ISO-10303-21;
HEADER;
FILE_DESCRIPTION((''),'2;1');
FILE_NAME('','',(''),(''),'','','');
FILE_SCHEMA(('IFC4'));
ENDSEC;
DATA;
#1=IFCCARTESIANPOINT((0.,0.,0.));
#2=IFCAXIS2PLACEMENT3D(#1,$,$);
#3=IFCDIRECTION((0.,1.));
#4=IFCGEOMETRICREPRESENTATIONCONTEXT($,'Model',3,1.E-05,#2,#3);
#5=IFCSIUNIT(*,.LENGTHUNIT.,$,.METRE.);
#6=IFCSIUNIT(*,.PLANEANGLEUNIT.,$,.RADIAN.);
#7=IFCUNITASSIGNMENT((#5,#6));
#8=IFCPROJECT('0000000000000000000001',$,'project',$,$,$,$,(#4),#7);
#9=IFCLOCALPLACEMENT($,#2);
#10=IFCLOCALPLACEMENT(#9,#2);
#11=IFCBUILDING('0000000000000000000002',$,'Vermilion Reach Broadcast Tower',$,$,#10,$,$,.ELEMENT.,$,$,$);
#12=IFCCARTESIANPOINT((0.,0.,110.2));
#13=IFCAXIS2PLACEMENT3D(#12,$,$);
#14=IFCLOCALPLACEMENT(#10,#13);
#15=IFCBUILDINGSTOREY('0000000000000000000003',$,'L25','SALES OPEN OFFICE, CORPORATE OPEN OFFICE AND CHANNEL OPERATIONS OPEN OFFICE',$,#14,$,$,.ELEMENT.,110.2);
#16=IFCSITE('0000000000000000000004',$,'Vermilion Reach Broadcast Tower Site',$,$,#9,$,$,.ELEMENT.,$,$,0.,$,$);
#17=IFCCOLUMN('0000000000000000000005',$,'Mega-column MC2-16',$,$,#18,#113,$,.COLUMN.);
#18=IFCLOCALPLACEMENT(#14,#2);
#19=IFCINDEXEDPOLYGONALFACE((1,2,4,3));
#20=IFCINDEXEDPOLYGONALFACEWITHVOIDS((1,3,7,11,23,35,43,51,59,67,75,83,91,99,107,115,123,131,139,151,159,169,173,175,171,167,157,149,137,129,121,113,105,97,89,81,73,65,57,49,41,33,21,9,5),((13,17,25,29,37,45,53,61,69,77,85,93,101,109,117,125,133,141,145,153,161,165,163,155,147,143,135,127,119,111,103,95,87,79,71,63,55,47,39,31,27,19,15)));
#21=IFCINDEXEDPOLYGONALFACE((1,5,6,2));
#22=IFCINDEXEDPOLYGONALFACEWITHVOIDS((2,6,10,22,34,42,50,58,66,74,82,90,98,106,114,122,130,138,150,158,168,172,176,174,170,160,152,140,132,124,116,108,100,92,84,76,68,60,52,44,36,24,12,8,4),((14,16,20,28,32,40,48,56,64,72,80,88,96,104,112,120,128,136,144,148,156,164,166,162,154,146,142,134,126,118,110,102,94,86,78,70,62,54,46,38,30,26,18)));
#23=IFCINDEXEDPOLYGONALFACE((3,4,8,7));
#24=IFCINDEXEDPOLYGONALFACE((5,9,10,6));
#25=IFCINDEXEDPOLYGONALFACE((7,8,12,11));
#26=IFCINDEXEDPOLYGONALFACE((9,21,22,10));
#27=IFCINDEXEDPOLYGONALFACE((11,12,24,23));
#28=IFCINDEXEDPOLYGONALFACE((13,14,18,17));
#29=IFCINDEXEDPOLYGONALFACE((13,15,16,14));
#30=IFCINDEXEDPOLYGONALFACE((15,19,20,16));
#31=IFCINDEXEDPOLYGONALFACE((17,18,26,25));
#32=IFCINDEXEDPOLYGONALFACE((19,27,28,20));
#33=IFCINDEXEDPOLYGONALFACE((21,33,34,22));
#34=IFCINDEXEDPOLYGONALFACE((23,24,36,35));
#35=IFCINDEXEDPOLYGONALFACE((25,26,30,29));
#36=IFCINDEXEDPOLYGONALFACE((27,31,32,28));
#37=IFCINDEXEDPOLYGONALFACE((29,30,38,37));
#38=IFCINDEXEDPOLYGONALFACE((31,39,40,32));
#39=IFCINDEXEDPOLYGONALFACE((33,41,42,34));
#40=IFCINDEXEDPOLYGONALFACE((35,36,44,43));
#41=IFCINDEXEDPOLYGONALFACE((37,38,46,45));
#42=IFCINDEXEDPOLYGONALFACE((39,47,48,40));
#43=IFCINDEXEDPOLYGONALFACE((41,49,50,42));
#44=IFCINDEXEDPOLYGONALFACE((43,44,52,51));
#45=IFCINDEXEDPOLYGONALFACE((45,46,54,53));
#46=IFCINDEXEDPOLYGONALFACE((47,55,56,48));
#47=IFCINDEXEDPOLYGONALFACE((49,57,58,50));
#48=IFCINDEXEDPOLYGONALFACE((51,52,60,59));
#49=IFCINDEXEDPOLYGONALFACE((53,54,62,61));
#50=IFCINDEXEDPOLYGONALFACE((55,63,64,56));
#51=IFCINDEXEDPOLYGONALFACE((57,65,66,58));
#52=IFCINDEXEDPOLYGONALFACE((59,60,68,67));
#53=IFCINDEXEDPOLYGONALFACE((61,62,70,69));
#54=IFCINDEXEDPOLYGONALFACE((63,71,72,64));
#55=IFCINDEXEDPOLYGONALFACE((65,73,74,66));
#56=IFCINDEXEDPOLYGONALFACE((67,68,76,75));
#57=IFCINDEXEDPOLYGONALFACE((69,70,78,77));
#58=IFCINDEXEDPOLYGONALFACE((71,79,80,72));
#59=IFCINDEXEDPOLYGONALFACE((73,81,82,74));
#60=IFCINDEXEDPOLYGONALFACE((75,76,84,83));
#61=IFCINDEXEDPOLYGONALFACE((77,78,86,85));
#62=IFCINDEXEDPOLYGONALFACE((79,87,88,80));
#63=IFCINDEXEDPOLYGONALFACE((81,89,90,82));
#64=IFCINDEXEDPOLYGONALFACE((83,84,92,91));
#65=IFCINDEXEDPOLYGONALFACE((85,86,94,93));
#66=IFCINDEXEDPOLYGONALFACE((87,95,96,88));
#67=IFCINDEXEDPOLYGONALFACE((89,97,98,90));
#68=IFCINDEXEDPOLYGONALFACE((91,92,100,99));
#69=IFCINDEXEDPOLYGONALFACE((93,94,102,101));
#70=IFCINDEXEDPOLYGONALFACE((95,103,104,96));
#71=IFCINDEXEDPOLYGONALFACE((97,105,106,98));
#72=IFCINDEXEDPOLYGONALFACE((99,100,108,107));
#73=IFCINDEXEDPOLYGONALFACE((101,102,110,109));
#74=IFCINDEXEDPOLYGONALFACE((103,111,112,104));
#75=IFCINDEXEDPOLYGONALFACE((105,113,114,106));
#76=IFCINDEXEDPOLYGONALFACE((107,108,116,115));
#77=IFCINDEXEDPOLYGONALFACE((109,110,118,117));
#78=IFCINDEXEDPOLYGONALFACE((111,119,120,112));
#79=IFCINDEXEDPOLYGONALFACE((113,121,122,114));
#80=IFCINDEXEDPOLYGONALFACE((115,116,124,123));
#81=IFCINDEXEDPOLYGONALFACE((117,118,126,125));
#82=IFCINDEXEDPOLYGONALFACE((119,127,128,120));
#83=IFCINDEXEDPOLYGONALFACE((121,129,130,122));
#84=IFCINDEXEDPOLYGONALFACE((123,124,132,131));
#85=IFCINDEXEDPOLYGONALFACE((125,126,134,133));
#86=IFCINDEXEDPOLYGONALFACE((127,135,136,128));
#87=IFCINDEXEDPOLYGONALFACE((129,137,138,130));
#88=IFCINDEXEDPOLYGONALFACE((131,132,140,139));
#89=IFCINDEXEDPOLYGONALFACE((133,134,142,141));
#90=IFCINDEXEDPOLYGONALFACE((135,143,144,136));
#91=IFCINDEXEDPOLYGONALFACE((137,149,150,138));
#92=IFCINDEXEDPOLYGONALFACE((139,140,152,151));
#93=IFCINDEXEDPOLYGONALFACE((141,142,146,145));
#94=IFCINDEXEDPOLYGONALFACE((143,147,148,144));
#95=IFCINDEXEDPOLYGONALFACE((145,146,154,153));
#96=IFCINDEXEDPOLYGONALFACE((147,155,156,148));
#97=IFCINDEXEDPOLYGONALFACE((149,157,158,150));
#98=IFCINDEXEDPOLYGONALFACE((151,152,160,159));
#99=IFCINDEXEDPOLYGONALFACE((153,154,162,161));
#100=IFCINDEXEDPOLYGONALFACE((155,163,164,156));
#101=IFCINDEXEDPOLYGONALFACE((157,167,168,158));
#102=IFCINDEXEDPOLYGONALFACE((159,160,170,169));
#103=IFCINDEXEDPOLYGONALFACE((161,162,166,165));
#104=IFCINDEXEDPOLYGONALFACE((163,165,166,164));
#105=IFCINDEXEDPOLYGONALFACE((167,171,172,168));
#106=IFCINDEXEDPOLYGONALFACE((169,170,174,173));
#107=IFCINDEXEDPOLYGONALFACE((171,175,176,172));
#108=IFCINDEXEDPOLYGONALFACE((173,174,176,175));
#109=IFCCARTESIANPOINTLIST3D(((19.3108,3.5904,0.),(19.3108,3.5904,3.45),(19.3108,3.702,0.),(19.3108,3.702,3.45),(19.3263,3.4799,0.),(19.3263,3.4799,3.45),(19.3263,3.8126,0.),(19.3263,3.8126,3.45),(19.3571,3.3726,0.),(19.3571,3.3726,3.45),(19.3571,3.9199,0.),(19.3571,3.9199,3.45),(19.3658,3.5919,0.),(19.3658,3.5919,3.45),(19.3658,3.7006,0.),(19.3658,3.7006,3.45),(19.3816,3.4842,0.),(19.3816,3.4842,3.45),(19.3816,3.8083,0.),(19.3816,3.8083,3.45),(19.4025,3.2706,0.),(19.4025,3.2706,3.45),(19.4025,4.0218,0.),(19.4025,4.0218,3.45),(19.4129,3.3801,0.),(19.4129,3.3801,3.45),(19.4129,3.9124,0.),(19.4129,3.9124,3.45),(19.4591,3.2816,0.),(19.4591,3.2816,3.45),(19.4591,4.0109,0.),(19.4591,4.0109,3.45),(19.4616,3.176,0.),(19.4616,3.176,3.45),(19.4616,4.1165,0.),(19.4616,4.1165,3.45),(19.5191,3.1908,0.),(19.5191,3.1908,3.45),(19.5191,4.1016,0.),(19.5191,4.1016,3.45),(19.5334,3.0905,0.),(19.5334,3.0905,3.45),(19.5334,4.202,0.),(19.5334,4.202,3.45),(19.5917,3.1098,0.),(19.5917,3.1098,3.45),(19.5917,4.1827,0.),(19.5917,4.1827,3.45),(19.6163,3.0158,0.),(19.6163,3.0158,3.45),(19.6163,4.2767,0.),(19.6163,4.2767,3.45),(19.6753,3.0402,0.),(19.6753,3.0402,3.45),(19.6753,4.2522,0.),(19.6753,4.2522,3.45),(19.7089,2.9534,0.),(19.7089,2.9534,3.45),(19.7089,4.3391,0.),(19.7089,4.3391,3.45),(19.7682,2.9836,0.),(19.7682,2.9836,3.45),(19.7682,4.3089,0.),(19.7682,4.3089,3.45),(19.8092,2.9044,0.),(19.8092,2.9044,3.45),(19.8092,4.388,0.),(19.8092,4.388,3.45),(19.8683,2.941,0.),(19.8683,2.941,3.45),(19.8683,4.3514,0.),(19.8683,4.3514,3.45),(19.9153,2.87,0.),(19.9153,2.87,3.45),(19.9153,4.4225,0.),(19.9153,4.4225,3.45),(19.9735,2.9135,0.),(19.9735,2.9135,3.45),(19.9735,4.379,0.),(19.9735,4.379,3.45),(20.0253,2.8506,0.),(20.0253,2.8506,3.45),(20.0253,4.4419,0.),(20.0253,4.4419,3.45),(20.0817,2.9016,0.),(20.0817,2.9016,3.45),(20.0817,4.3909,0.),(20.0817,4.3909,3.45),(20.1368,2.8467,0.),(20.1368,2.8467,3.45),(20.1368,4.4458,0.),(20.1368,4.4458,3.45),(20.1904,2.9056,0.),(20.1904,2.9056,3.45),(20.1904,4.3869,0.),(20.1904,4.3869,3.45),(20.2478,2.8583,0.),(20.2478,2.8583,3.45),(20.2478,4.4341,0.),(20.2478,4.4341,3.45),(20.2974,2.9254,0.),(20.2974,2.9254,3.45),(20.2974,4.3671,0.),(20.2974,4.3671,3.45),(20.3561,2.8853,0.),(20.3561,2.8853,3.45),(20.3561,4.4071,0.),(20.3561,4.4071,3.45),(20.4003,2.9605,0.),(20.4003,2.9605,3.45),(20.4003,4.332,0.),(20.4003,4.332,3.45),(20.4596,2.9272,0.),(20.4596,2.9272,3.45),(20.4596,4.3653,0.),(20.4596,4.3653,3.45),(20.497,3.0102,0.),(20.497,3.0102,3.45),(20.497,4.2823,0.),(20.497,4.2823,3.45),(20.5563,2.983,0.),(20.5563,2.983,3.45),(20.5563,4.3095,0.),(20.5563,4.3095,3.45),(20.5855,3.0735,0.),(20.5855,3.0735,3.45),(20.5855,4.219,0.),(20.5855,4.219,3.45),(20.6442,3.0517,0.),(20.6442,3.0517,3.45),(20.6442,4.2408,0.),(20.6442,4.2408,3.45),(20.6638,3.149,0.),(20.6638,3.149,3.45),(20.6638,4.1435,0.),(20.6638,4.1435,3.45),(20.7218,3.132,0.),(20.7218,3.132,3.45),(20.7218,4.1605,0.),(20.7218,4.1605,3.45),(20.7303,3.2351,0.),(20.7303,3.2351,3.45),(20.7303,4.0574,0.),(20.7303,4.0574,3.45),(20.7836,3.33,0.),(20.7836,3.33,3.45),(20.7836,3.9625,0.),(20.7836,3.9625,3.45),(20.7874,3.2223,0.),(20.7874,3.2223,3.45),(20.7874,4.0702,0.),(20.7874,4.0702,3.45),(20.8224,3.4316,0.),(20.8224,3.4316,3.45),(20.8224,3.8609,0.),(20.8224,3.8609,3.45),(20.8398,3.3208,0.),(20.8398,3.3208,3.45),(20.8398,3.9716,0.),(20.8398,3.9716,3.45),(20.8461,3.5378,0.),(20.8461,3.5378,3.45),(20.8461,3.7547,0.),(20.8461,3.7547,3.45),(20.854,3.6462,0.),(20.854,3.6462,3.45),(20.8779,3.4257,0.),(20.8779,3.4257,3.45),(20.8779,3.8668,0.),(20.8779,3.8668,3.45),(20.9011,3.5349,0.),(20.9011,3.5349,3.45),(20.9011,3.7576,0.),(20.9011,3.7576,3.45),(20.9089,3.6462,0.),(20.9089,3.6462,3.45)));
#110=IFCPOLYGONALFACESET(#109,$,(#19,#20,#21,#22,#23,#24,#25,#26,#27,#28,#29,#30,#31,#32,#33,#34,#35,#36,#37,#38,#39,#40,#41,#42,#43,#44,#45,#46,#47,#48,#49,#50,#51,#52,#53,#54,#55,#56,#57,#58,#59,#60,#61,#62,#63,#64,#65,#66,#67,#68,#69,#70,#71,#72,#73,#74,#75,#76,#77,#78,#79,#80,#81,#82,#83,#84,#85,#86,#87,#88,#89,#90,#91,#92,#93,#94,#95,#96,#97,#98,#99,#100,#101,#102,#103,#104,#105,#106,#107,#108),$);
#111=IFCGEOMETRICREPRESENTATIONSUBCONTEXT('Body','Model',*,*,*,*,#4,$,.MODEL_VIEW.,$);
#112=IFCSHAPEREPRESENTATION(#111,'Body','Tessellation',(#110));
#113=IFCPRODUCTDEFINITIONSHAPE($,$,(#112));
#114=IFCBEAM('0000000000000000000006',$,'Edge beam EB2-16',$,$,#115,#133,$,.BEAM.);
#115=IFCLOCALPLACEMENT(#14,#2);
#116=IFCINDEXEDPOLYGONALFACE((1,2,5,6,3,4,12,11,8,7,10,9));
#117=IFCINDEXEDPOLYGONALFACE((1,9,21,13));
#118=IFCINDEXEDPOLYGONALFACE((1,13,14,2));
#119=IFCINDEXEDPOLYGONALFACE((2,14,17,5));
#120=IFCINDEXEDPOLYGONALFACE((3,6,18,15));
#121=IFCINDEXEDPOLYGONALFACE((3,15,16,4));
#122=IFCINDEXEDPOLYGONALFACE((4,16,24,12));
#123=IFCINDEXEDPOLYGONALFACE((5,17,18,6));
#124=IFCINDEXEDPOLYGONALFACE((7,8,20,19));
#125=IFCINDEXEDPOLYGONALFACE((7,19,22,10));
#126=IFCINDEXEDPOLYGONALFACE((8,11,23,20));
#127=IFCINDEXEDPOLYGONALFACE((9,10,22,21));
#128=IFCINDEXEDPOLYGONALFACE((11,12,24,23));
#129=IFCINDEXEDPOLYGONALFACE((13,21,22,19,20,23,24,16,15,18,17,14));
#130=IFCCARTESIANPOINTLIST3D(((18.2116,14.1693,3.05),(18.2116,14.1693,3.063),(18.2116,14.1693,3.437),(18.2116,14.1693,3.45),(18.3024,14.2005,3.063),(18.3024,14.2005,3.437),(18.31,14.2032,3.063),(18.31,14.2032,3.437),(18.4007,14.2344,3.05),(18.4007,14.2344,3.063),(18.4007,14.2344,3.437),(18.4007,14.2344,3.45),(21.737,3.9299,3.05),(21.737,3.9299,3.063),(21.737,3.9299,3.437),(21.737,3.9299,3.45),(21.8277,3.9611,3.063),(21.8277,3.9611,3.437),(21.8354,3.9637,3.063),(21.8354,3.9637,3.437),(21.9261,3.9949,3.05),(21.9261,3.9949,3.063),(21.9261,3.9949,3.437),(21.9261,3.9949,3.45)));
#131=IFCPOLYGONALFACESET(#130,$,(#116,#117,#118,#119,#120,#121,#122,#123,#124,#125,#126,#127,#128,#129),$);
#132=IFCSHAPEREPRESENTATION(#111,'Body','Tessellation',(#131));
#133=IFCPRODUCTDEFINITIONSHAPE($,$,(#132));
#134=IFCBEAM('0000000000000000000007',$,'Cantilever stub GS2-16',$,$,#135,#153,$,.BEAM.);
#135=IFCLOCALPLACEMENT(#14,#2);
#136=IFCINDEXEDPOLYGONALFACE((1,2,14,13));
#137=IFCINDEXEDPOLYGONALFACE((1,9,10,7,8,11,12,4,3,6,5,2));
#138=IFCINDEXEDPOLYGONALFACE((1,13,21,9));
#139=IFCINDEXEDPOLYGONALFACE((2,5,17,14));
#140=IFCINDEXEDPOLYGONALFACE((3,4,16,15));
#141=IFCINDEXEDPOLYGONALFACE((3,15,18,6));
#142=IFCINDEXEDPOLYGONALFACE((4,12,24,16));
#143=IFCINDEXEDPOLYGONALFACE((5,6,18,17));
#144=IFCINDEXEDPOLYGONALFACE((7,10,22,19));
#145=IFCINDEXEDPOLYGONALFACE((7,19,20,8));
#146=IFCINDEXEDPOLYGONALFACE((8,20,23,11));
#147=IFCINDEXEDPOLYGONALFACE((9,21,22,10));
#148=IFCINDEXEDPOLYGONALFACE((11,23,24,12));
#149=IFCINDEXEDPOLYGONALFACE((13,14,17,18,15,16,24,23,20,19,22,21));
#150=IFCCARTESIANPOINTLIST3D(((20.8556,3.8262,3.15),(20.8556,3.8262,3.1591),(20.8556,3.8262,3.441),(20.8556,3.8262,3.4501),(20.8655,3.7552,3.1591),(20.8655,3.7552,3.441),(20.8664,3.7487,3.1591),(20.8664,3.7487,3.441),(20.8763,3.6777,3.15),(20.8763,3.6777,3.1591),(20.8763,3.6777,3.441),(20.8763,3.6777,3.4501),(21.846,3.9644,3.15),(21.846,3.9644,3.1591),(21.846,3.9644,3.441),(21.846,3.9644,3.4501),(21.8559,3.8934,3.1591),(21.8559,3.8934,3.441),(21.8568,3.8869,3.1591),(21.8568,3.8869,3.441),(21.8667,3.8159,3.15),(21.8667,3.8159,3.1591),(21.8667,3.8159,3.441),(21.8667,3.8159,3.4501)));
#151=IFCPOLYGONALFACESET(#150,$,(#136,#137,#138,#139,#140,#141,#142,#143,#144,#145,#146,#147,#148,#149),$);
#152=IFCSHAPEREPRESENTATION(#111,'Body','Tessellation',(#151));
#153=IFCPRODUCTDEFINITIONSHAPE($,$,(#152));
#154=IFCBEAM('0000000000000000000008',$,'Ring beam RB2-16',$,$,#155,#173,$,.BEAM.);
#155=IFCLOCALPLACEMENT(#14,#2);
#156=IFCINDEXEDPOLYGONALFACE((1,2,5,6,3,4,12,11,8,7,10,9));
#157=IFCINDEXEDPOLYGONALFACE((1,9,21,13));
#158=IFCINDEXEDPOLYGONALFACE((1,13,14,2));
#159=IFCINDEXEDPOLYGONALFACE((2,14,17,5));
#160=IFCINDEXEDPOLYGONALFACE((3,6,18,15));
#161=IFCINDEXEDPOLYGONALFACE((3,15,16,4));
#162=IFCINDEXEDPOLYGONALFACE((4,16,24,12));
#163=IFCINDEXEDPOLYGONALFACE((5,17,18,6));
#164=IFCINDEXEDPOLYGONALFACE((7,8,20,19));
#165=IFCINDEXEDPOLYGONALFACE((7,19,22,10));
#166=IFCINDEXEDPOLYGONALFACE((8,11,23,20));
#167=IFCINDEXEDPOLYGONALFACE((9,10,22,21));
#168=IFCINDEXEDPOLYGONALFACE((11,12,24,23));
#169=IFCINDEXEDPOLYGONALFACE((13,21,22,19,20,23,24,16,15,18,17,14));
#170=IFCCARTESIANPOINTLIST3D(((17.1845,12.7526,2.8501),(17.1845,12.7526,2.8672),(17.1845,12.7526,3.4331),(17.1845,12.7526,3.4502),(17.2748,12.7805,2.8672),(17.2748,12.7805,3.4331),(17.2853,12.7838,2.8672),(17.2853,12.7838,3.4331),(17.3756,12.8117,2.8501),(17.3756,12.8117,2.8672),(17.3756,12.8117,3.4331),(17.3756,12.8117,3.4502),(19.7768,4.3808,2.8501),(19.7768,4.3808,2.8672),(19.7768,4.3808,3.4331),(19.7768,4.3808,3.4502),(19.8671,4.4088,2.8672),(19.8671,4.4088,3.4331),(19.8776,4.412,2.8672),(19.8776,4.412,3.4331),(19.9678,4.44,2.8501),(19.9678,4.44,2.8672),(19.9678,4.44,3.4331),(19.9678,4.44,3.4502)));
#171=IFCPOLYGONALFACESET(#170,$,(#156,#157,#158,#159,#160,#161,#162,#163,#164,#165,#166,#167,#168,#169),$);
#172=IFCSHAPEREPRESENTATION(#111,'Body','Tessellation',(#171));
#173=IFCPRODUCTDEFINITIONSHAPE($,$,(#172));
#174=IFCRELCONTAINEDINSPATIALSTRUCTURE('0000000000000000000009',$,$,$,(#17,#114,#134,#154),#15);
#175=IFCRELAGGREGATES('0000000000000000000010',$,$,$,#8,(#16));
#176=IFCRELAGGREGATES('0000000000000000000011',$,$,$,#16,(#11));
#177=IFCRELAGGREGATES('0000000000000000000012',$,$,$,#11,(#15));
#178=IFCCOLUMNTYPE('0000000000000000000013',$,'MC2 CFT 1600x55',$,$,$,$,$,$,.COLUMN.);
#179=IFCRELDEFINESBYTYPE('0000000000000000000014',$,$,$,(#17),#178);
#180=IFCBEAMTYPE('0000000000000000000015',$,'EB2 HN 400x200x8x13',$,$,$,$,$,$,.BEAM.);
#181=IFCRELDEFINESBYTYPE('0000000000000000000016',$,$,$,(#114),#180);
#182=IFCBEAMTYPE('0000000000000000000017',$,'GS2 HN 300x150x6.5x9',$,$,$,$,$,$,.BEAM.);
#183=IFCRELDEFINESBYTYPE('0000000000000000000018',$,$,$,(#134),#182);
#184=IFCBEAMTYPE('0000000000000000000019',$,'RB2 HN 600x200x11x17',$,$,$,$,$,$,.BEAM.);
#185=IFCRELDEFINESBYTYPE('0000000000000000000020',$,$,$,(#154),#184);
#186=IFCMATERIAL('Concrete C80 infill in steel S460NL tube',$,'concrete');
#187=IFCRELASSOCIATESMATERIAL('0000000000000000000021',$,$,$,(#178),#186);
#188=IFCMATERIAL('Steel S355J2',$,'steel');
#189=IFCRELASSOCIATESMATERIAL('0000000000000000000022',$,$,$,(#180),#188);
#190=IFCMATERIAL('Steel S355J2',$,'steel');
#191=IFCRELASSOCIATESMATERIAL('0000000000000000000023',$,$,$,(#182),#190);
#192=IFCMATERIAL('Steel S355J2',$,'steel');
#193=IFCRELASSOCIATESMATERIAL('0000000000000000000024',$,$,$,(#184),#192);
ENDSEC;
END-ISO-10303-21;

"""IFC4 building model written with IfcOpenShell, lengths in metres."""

from ifc_helpers import new_model, si_unit, direction, frame, origin, origin_2d, place, context, subcontext, project, spatial, hollow_circle, i_section, extrude, material, material_profile, profile_set, type_object, element, save


model = new_model("IFC4")

# Units and contexts
model_context = context("Model", 3, precision=1e-05, world=origin(), true_north=direction((0.0, 1.0)))
body_context = subcontext(model_context, "Body", "Model", "MODEL_VIEW")
ifc_project = project(units=[si_unit("LENGTHUNIT", "METRE"), si_unit("PLANEANGLEUNIT", "RADIAN")], contexts=[model_context])

# Site, building, storey
site_placement = place(None, origin())
site = spatial("IfcSite", under=ifc_project, at=site_placement, Name="Vermilion Reach Broadcast Tower Site", CompositionType="ELEMENT", RefElevation=0.0)
building_placement = place(site_placement, origin())
building = spatial("IfcBuilding", under=site, at=building_placement, Name="Vermilion Reach Broadcast Tower", CompositionType="ELEMENT")
storey_placement = place(building_placement, frame((0.0, 0.0, 110.2)))
storey = spatial("IfcBuildingStorey", under=building, at=storey_placement, Name="L25", Description="SALES OPEN OFFICE, CORPORATE OPEN OFFICE AND CHANNEL OPERATIONS OPEN OFFICE", CompositionType="ELEMENT", Elevation=110.2)

# Column
ifc_material_1 = material(Name="Concrete C80 infill in steel S460NL tube", Category="concrete")
ifc_material_profile_1 = material_profile(ifc_material_1, hollow_circle(Radius=0.8, WallThickness=0.0549, at=origin_2d()), Name="Concrete C80 infill in steel S460NL tube CFT 1600x55")
ifc_profile_set_1 = profile_set([ifc_material_profile_1], Name="Concrete C80 infill in steel S460NL tube")
column_type = type_object("IfcColumnType", Name="MC2 CFT 1600x55", PredefinedType="COLUMN", material=ifc_profile_set_1)
column_placement = place(storey_placement, frame((20.1089, 3.6462, 0.0), z_axis=(0.0, 0.0, 1.0), x_axis=(1.0, 0.0, 0.0)))
element("IfcColumn", 1, at=column_placement, inside=storey, type_object=column_type, Name="Mega-column MC2-16", PredefinedType="COLUMN", context=body_context, shape_type="SweptSolid", body=[
    extrude(hollow_circle(Radius=0.8, WallThickness=0.0549, at=origin_2d()), origin(), (0.0, 0.0, 1.0), 3.45),
])

# Beams
ifc_material_2 = material(Name="Steel S355J2", Category="steel")
ifc_material_profile_2 = material_profile(ifc_material_2, i_section(OverallWidth=0.2, OverallDepth=0.3999, WebThickness=0.0081, FlangeThickness=0.0129, at=origin_2d()), Name="S355J2 HN 400x200x8x13")
ifc_profile_set_2 = profile_set([ifc_material_profile_2], Name="Steel S355J2")
beam_type_1 = type_object("IfcBeamType", Name="EB2 HN 400x200x8x13", PredefinedType="BEAM", material=ifc_profile_set_2)
beam_1_placement = place(storey_placement, frame((21.8315, 3.9624, 3.25), z_axis=(-0.325539, 0.945529, 0.0), x_axis=(-0.945529, -0.325539, 0.0)))
element("IfcBeam", 2, at=beam_1_placement, inside=storey, type_object=beam_type_1, Name="Edge beam EB2-16", PredefinedType="BEAM", context=body_context, shape_type="SweptSolid", body=[
    extrude(i_section(OverallWidth=0.2, OverallDepth=0.3999, WebThickness=0.0081, FlangeThickness=0.0129, at=origin_2d()), origin(), (0.0, 0.0, 1.0), 10.8293),
])
ifc_material_3 = material(Name="Steel S355J2", Category="steel")
ifc_material_profile_3 = material_profile(ifc_material_3, i_section(OverallWidth=0.1499, OverallDepth=0.3, WebThickness=0.0066, FlangeThickness=0.009, at=origin_2d()), Name="S355J2 HN 300x150x6.5x9")
ifc_profile_set_3 = profile_set([ifc_material_profile_3], Name="Steel S355J2")
beam_type_2 = type_object("IfcBeamType", Name="GS2 HN 300x150x6.5x9", PredefinedType="BEAM", material=ifc_profile_set_3)
beam_2_placement = place(storey_placement, frame((20.866, 3.752, 3.3), z_axis=(0.990408, 0.138174, 0.0), x_axis=(-0.138174, 0.990408, 0.0)))
element("IfcBeam", 3, at=beam_2_placement, inside=storey, type_object=beam_type_2, Name="Cantilever stub GS2-16", PredefinedType="BEAM", context=body_context, shape_type="SweptSolid", body=[
    extrude(i_section(OverallWidth=0.1499, OverallDepth=0.3, WebThickness=0.0066, FlangeThickness=0.009, at=origin_2d()), origin(), (0.0, 0.0, 1.0), 1.0),
])
ifc_material_4 = material(Name="Steel S355J2", Category="steel")
ifc_material_profile_4 = material_profile(ifc_material_4, i_section(OverallWidth=0.2, OverallDepth=0.6001, WebThickness=0.011, FlangeThickness=0.0171, at=origin_2d()), Name="S355J2 HN 600x200x11x17")
ifc_profile_set_4 = profile_set([ifc_material_profile_4], Name="Steel S355J2")
beam_type_3 = type_object("IfcBeamType", Name="RB2 HN 600x200x11x17", PredefinedType="BEAM", material=ifc_profile_set_4)
beam_3_placement = place(storey_placement, frame((19.8723, 4.4104, 3.1501), z_axis=(-0.295788, 0.955253, 0.0), x_axis=(-0.955253, -0.295788, 0.0)))
element("IfcBeam", 4, at=beam_3_placement, inside=storey, type_object=beam_type_3, Name="Ring beam RB2-16", PredefinedType="BEAM", context=body_context, shape_type="SweptSolid", body=[
    extrude(i_section(OverallWidth=0.2, OverallDepth=0.6001, WebThickness=0.011, FlangeThickness=0.0171, at=origin_2d()), origin(), (0.0, 0.0, 1.0), 8.7639),
])

save(model, "model.ifc")
